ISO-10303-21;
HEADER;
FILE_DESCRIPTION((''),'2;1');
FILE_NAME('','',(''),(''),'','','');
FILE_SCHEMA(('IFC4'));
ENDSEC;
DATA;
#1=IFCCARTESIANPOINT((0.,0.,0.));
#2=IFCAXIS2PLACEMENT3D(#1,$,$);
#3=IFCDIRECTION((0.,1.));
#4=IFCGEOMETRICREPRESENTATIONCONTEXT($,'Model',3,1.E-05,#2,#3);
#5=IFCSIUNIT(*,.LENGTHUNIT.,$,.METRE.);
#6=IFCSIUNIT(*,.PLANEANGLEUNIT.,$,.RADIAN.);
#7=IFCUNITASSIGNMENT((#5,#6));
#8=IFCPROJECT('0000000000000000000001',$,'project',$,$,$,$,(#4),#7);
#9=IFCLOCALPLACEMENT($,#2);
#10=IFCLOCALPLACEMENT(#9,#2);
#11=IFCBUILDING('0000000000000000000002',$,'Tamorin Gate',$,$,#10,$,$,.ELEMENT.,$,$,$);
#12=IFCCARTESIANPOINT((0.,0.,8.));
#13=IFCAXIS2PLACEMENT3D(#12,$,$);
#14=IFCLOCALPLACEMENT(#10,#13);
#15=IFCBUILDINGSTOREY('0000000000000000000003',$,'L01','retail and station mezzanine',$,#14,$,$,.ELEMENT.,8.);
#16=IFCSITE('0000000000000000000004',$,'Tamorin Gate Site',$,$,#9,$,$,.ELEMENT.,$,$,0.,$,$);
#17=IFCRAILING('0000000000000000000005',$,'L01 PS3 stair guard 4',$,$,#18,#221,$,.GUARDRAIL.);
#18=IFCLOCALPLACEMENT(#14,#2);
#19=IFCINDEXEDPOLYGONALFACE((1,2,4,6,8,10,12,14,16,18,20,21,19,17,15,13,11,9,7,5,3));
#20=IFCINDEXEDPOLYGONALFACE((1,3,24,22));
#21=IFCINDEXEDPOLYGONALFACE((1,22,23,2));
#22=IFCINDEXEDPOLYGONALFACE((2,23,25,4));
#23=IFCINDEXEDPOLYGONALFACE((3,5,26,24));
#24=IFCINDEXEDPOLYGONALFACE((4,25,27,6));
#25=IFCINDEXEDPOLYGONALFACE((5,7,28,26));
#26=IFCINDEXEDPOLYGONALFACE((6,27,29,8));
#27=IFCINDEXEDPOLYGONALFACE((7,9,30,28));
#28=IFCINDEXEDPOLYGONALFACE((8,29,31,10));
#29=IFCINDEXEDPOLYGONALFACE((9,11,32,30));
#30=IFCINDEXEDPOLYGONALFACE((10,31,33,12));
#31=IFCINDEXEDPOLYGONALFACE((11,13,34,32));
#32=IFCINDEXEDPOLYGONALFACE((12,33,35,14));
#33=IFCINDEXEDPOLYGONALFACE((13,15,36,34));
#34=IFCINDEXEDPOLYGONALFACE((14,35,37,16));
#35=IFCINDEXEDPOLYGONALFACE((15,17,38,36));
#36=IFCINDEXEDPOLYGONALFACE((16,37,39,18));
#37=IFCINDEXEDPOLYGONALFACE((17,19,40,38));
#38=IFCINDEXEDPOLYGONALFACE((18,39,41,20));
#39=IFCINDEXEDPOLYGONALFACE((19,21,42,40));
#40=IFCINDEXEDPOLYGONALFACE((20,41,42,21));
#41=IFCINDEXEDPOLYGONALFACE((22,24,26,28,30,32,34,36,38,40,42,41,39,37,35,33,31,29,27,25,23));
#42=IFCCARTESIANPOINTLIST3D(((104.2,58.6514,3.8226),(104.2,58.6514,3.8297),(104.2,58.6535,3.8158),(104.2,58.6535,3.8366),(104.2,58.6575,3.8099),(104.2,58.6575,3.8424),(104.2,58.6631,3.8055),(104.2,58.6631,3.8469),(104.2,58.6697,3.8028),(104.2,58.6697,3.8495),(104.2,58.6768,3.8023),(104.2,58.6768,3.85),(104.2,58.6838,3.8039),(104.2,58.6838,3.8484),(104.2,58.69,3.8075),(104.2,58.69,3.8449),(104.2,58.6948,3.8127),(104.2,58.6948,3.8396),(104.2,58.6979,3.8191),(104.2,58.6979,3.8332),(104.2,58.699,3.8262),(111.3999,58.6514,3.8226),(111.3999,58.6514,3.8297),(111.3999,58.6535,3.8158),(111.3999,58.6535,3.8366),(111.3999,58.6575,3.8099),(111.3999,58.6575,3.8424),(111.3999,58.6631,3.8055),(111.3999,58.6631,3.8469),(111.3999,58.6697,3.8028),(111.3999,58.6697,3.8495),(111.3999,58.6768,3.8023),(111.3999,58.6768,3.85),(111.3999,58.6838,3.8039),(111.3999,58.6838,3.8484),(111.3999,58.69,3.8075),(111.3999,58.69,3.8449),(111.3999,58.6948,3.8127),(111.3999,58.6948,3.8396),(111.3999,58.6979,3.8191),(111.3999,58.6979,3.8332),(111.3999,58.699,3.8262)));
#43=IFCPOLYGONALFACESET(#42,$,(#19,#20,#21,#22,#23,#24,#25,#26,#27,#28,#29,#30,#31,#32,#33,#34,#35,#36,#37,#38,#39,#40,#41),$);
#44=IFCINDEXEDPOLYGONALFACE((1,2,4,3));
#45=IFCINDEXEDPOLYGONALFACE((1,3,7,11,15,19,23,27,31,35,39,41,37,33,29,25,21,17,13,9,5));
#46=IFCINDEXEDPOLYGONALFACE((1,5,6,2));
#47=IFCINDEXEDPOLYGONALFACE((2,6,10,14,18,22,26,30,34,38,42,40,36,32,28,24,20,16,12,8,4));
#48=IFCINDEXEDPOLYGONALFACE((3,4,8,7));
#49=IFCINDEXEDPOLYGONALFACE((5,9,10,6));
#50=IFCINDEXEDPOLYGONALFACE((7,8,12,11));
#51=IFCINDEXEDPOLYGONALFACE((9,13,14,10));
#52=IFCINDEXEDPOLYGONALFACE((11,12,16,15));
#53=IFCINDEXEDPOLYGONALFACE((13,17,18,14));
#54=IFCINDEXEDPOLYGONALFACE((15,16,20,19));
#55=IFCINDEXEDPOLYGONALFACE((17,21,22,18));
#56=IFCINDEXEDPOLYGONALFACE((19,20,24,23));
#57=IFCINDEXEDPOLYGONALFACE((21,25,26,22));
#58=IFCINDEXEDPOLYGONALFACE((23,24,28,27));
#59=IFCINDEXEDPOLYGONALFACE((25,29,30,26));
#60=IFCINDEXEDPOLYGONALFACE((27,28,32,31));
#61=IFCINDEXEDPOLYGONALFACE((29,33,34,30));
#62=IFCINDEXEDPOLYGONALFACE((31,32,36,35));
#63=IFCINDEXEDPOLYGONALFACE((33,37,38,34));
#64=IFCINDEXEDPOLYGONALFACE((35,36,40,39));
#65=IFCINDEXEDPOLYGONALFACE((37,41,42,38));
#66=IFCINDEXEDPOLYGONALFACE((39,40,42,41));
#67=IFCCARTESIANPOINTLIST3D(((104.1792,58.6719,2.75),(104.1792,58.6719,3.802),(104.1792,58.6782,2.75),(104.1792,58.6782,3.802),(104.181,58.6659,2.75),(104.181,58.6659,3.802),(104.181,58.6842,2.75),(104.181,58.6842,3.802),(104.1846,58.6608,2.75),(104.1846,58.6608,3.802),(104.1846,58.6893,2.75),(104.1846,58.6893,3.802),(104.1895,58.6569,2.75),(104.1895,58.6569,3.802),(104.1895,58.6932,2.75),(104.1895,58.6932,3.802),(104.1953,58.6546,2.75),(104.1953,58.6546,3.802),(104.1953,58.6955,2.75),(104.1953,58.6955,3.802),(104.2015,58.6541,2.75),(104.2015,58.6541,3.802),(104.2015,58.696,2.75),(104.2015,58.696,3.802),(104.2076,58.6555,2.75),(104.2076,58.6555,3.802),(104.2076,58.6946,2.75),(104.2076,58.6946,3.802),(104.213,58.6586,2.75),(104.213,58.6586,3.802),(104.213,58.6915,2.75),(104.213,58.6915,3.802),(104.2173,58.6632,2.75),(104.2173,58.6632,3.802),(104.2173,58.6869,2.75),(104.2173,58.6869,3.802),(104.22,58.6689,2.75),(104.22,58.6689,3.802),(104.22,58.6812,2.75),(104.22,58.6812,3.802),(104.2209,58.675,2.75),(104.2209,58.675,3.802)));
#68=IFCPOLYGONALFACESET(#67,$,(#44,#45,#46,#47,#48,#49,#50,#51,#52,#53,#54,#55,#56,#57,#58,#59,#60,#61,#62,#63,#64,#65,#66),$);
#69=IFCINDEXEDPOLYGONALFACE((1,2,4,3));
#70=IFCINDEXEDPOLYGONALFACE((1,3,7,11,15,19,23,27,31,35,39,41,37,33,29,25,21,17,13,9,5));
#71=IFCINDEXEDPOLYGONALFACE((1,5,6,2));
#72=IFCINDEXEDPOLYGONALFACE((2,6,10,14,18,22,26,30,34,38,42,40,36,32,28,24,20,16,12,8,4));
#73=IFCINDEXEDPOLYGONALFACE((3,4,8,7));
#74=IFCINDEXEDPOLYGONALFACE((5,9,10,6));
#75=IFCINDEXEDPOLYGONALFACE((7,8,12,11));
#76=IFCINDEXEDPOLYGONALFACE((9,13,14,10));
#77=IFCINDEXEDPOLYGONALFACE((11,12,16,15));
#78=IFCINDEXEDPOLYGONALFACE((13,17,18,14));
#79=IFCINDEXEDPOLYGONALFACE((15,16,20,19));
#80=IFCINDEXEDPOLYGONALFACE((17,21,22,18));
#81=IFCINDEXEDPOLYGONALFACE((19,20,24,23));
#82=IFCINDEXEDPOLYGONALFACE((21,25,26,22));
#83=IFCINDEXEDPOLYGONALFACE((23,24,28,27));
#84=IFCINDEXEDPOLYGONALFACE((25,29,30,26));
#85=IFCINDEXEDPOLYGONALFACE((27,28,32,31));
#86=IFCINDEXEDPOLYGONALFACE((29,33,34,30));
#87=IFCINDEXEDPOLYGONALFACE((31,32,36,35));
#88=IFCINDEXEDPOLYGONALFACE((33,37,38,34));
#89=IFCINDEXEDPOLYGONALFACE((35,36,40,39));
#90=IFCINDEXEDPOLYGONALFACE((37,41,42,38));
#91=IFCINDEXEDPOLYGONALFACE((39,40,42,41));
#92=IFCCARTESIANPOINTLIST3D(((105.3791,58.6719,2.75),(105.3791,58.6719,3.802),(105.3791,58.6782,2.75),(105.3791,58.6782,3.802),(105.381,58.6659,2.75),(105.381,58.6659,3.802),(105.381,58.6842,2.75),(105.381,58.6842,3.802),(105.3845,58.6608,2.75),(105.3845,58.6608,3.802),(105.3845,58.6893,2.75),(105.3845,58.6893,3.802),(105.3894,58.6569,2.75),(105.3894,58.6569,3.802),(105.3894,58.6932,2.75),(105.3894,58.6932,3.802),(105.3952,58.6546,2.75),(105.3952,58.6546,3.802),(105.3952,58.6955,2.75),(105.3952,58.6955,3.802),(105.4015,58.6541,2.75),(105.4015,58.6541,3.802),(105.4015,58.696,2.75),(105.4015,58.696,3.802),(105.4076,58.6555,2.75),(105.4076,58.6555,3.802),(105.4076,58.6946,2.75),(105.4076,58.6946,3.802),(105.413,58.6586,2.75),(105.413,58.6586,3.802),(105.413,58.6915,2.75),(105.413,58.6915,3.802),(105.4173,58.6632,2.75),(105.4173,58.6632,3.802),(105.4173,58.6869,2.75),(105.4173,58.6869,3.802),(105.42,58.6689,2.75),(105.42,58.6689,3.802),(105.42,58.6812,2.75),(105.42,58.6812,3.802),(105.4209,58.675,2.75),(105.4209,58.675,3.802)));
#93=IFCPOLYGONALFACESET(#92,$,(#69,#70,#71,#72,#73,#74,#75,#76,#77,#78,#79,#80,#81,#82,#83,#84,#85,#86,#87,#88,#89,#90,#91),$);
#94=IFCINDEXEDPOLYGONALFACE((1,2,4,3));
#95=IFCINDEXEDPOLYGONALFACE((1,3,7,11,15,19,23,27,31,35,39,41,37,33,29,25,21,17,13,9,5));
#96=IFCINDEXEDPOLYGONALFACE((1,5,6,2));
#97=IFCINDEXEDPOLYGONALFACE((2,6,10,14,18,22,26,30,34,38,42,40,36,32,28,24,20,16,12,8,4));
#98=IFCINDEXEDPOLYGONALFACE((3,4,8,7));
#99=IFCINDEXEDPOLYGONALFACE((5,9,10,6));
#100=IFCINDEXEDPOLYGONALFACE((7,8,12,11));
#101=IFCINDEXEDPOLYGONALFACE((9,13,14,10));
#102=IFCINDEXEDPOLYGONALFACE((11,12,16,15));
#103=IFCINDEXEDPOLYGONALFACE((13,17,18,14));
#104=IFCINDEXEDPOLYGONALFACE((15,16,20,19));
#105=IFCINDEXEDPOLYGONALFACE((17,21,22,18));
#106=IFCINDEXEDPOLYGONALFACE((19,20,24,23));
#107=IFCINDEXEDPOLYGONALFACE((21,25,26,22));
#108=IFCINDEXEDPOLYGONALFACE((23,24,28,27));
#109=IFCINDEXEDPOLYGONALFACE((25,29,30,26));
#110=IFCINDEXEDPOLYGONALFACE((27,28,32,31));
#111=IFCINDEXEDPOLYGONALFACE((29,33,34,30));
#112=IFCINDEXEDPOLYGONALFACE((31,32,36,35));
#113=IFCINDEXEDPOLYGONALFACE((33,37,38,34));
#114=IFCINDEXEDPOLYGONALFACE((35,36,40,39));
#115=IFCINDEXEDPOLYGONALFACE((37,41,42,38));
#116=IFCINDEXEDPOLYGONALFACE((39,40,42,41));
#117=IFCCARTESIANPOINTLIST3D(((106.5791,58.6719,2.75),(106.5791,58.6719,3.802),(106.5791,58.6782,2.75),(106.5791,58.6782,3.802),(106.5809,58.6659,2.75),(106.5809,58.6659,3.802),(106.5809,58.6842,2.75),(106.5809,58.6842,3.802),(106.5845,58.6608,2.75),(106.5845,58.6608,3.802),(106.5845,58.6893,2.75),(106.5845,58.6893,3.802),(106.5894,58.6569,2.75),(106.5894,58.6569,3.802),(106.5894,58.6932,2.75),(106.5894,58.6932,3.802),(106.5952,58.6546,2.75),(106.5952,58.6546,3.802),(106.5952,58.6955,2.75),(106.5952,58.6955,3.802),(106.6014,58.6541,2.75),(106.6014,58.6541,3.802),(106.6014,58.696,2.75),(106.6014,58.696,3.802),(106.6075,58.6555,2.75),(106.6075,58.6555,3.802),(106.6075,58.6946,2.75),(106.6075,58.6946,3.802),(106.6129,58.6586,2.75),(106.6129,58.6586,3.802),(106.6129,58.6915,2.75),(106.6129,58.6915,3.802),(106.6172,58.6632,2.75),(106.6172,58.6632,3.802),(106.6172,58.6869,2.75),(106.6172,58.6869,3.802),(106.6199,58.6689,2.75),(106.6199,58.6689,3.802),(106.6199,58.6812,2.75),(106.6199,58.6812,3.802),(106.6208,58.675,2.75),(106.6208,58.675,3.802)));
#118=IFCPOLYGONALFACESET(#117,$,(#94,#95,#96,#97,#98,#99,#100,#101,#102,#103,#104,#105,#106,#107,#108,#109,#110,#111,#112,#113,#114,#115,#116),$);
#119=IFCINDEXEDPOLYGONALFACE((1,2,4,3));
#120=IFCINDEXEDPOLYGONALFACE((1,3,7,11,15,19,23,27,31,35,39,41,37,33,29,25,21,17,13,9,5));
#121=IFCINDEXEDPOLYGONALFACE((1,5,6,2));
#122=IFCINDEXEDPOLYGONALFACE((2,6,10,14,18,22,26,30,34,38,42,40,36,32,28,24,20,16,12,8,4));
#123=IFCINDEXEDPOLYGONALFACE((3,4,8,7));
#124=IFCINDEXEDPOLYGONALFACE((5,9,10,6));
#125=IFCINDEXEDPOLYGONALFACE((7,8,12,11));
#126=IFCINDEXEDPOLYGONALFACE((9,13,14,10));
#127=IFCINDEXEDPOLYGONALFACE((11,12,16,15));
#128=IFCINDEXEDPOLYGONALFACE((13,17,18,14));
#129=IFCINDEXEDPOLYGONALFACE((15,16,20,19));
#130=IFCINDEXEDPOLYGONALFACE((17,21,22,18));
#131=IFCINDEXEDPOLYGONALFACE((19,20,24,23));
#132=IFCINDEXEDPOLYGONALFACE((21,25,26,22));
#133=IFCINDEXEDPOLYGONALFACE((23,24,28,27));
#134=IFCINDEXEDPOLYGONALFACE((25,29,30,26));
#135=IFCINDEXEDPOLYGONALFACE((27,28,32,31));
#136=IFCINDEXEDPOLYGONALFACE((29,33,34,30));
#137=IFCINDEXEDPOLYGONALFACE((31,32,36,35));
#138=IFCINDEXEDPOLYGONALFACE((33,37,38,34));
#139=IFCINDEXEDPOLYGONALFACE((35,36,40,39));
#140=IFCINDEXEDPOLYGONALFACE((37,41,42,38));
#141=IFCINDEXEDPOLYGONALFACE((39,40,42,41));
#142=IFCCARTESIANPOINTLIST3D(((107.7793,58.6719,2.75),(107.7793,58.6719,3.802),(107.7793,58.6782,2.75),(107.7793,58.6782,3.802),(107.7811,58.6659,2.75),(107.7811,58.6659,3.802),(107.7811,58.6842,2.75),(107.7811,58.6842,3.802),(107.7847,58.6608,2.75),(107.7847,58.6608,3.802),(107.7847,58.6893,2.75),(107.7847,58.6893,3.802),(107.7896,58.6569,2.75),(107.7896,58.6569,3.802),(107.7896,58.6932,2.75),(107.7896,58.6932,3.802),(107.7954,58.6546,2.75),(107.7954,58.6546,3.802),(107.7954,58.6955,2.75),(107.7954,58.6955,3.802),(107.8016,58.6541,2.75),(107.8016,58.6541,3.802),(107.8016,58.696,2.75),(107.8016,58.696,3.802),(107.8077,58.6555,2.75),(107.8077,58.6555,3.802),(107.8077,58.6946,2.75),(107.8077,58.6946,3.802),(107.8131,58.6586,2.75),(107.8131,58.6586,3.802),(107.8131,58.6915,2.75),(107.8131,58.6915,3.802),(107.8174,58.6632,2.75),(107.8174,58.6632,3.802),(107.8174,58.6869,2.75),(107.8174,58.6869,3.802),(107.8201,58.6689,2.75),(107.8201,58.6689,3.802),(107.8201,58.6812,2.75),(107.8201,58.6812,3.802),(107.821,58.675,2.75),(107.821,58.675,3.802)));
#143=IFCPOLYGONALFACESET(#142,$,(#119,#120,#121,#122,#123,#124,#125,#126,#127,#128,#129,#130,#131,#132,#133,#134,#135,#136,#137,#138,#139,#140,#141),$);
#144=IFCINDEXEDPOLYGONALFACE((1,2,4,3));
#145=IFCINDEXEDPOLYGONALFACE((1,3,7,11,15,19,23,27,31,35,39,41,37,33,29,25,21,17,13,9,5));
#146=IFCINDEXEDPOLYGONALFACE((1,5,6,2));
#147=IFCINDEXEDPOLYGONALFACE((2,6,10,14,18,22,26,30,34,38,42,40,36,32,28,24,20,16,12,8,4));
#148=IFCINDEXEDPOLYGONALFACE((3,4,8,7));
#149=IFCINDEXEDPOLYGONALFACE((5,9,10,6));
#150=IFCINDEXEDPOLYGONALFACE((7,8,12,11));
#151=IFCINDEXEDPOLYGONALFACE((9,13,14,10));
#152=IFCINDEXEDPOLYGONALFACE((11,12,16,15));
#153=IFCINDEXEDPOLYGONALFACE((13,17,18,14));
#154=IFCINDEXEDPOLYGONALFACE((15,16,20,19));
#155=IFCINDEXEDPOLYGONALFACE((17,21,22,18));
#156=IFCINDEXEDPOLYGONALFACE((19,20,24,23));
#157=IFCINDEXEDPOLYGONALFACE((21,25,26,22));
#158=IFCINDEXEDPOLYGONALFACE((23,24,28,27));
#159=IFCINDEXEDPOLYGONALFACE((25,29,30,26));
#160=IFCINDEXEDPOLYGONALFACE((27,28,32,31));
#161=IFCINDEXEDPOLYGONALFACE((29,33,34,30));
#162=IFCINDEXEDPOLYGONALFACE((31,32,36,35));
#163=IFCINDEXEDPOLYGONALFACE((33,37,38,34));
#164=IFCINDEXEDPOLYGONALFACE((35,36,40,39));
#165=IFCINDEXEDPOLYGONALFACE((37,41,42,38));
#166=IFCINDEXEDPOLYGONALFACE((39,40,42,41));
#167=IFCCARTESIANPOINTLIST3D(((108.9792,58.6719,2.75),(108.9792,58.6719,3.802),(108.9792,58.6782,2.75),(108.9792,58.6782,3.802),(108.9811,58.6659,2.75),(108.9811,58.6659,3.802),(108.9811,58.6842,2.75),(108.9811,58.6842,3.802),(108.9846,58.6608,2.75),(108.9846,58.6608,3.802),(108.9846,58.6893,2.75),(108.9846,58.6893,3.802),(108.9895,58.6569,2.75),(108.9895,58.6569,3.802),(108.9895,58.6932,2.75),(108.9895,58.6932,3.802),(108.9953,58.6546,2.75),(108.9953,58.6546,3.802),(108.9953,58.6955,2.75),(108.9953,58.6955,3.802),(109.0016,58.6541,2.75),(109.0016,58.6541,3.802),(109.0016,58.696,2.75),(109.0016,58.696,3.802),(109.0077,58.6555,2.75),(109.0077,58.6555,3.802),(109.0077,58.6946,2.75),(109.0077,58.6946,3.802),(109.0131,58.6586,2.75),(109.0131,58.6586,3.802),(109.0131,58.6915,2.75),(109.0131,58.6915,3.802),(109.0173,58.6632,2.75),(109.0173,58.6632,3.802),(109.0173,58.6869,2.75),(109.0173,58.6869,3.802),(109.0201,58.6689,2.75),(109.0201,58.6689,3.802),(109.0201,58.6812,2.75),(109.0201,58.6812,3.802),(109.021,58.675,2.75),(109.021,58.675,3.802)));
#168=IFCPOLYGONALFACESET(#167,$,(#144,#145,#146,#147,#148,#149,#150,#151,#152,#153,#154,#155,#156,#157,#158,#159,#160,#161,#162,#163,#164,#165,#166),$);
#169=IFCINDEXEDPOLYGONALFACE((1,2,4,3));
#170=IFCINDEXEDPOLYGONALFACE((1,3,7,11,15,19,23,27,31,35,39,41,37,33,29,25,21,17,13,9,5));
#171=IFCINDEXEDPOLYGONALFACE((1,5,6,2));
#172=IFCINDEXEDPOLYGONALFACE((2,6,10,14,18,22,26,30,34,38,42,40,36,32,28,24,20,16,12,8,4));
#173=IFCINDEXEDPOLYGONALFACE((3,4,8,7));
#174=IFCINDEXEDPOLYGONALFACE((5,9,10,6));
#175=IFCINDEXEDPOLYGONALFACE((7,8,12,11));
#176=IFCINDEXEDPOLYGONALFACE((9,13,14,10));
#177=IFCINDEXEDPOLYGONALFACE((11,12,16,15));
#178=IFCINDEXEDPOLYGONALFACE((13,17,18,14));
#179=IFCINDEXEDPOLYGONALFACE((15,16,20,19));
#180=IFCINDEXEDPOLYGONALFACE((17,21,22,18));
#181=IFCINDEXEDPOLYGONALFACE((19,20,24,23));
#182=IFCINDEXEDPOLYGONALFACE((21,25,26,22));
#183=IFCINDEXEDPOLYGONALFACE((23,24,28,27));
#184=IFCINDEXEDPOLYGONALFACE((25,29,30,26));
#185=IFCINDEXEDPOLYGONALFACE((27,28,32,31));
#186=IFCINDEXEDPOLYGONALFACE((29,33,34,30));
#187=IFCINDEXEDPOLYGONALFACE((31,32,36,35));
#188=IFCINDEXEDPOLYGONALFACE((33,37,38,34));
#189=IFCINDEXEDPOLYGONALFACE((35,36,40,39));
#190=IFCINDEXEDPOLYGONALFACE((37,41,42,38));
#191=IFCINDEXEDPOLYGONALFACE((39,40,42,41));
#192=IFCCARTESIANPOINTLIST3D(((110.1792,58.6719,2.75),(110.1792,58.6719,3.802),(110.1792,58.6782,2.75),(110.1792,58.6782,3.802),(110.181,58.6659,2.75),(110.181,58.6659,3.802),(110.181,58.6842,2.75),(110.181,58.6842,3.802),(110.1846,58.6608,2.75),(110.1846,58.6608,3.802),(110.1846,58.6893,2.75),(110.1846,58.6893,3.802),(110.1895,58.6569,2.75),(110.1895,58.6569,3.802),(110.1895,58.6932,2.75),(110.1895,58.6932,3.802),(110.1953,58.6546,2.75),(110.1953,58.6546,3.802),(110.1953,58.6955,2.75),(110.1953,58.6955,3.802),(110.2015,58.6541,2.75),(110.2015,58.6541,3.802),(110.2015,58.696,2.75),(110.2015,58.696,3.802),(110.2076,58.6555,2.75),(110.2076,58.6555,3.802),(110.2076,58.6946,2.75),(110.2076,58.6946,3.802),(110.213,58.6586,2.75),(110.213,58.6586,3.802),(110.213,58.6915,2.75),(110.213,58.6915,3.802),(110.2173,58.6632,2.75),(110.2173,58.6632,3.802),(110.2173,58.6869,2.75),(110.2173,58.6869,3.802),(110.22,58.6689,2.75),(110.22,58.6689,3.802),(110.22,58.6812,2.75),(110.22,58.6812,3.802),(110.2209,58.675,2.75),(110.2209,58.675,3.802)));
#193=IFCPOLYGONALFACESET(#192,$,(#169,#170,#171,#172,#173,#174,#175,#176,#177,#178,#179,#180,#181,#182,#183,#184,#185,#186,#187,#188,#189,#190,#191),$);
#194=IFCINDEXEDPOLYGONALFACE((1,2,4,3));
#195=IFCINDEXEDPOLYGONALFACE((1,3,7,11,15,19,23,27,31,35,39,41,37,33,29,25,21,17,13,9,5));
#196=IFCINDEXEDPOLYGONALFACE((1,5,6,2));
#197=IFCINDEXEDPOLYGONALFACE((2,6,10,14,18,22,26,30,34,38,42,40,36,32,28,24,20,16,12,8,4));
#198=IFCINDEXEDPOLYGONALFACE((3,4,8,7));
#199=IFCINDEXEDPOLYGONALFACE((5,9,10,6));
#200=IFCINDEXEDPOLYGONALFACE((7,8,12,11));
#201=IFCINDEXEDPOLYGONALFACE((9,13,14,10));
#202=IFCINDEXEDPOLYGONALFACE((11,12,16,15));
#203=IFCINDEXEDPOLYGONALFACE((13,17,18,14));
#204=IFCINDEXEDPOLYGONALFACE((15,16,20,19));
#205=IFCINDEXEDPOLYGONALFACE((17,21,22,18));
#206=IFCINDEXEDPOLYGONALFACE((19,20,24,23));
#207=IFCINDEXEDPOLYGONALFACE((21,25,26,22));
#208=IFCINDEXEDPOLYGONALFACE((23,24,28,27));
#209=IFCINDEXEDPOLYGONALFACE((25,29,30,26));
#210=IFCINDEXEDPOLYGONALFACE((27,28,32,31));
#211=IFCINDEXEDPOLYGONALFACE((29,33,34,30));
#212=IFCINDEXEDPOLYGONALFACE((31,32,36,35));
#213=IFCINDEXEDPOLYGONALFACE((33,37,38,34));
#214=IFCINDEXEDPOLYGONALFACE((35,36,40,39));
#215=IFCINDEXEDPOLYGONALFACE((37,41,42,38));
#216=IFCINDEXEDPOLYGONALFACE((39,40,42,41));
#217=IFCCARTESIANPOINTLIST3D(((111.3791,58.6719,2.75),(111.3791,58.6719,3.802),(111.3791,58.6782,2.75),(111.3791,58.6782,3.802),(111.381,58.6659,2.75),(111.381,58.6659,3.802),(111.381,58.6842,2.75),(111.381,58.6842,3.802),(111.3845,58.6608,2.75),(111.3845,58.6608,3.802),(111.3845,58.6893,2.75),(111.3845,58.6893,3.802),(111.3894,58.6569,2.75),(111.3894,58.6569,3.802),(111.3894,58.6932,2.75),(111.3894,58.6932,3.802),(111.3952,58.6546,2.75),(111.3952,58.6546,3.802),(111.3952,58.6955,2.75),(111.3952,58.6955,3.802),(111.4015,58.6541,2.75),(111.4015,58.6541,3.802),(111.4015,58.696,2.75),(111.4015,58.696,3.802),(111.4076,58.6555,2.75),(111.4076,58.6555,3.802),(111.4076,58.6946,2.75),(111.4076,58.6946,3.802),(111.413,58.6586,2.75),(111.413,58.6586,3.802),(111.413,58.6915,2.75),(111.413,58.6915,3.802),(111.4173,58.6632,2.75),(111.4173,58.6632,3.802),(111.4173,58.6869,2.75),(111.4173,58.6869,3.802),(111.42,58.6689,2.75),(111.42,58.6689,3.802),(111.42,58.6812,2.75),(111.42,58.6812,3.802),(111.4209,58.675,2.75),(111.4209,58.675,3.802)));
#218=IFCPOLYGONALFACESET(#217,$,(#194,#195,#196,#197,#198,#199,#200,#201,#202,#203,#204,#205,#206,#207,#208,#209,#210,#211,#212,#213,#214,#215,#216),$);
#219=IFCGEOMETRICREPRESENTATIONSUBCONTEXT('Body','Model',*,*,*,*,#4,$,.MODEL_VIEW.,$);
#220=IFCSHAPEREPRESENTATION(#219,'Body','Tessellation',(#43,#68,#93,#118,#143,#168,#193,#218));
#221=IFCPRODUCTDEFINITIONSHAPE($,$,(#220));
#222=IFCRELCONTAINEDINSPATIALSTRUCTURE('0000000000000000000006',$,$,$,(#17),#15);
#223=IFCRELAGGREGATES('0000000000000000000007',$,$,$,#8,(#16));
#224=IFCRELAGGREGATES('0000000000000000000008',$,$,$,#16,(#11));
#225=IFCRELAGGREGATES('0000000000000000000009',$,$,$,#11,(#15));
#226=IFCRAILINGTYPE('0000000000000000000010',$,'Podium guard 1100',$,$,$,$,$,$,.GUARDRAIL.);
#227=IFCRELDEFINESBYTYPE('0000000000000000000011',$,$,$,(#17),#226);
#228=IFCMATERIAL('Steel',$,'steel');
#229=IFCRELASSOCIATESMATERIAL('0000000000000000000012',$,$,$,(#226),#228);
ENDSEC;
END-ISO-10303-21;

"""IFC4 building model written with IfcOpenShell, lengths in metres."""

from ifc_helpers import new_model, si_unit, direction, frame, origin, origin_2d, place, context, subcontext, project, spatial, circle, extrude, material, type_object, element, save


model = new_model("IFC4")

# Units and contexts
model_context = context("Model", 3, precision=1e-05, world=origin(), true_north=direction((0.0, 1.0)))
body_context = subcontext(model_context, "Body", "Model", "MODEL_VIEW")
ifc_project = project(units=[si_unit("LENGTHUNIT", "METRE"), si_unit("PLANEANGLEUNIT", "RADIAN")], contexts=[model_context])

# Site, building, storey
site_placement = place(None, origin())
site = spatial("IfcSite", under=ifc_project, at=site_placement, Name="Tamorin Gate Site", CompositionType="ELEMENT", RefElevation=0.0)
building_placement = place(site_placement, origin())
building = spatial("IfcBuilding", under=site, at=building_placement, Name="Tamorin Gate", CompositionType="ELEMENT")
storey_placement = place(building_placement, frame((0.0, 0.0, 8.0)))
storey = spatial("IfcBuildingStorey", under=building, at=storey_placement, Name="L01", Description="retail and station mezzanine", CompositionType="ELEMENT", Elevation=8.0)

# Railing
ifc_material_1 = material(Name="Steel", Category="steel")
railing_type_1 = type_object("IfcRailingType", Name="Podium guard 1100", PredefinedType="GUARDRAIL", material=ifc_material_1)
for number, where, name in (
    (1, (104.2, 58.675, 2.75), "L01 PS3 stair guard 4"),
):
    element("IfcRailing", number, at=place(storey_placement, frame(where)), inside=storey, type_object=railing_type_1, Name=name, PredefinedType="GUARDRAIL", context=body_context, shape_type="SweptSolid", body=[
        extrude(circle(Radius=0.0239, at=origin_2d()), frame((0.0, 0.0, 1.0762), z_axis=(1.0, 0.0, 0.0), x_axis=(0.0, 1.0, 0.0)), (0.0, 0.0, 1.0), 7.2),
        extrude(circle(Radius=0.021, at=origin_2d()), origin(), (0.0, 0.0, 1.0), 1.052),
        extrude(circle(Radius=0.021, at=origin_2d()), frame((1.2, 0.0, 0.0)), (0.0, 0.0, 1.0), 1.052),
        extrude(circle(Radius=0.021, at=origin_2d()), frame((2.3999, 0.0, 0.0)), (0.0, 0.0, 1.0), 1.052),
        extrude(circle(Radius=0.021, at=origin_2d()), frame((3.6001, 0.0, 0.0)), (0.0, 0.0, 1.0), 1.052),
        extrude(circle(Radius=0.021, at=origin_2d()), frame((4.8, 0.0, 0.0)), (0.0, 0.0, 1.0), 1.052),
        extrude(circle(Radius=0.021, at=origin_2d()), frame((6.0, 0.0, 0.0)), (0.0, 0.0, 1.0), 1.052),
        extrude(circle(Radius=0.021, at=origin_2d()), frame((7.2, 0.0, 0.0)), (0.0, 0.0, 1.0), 1.052),
    ])

save(model, "model.ifc")
